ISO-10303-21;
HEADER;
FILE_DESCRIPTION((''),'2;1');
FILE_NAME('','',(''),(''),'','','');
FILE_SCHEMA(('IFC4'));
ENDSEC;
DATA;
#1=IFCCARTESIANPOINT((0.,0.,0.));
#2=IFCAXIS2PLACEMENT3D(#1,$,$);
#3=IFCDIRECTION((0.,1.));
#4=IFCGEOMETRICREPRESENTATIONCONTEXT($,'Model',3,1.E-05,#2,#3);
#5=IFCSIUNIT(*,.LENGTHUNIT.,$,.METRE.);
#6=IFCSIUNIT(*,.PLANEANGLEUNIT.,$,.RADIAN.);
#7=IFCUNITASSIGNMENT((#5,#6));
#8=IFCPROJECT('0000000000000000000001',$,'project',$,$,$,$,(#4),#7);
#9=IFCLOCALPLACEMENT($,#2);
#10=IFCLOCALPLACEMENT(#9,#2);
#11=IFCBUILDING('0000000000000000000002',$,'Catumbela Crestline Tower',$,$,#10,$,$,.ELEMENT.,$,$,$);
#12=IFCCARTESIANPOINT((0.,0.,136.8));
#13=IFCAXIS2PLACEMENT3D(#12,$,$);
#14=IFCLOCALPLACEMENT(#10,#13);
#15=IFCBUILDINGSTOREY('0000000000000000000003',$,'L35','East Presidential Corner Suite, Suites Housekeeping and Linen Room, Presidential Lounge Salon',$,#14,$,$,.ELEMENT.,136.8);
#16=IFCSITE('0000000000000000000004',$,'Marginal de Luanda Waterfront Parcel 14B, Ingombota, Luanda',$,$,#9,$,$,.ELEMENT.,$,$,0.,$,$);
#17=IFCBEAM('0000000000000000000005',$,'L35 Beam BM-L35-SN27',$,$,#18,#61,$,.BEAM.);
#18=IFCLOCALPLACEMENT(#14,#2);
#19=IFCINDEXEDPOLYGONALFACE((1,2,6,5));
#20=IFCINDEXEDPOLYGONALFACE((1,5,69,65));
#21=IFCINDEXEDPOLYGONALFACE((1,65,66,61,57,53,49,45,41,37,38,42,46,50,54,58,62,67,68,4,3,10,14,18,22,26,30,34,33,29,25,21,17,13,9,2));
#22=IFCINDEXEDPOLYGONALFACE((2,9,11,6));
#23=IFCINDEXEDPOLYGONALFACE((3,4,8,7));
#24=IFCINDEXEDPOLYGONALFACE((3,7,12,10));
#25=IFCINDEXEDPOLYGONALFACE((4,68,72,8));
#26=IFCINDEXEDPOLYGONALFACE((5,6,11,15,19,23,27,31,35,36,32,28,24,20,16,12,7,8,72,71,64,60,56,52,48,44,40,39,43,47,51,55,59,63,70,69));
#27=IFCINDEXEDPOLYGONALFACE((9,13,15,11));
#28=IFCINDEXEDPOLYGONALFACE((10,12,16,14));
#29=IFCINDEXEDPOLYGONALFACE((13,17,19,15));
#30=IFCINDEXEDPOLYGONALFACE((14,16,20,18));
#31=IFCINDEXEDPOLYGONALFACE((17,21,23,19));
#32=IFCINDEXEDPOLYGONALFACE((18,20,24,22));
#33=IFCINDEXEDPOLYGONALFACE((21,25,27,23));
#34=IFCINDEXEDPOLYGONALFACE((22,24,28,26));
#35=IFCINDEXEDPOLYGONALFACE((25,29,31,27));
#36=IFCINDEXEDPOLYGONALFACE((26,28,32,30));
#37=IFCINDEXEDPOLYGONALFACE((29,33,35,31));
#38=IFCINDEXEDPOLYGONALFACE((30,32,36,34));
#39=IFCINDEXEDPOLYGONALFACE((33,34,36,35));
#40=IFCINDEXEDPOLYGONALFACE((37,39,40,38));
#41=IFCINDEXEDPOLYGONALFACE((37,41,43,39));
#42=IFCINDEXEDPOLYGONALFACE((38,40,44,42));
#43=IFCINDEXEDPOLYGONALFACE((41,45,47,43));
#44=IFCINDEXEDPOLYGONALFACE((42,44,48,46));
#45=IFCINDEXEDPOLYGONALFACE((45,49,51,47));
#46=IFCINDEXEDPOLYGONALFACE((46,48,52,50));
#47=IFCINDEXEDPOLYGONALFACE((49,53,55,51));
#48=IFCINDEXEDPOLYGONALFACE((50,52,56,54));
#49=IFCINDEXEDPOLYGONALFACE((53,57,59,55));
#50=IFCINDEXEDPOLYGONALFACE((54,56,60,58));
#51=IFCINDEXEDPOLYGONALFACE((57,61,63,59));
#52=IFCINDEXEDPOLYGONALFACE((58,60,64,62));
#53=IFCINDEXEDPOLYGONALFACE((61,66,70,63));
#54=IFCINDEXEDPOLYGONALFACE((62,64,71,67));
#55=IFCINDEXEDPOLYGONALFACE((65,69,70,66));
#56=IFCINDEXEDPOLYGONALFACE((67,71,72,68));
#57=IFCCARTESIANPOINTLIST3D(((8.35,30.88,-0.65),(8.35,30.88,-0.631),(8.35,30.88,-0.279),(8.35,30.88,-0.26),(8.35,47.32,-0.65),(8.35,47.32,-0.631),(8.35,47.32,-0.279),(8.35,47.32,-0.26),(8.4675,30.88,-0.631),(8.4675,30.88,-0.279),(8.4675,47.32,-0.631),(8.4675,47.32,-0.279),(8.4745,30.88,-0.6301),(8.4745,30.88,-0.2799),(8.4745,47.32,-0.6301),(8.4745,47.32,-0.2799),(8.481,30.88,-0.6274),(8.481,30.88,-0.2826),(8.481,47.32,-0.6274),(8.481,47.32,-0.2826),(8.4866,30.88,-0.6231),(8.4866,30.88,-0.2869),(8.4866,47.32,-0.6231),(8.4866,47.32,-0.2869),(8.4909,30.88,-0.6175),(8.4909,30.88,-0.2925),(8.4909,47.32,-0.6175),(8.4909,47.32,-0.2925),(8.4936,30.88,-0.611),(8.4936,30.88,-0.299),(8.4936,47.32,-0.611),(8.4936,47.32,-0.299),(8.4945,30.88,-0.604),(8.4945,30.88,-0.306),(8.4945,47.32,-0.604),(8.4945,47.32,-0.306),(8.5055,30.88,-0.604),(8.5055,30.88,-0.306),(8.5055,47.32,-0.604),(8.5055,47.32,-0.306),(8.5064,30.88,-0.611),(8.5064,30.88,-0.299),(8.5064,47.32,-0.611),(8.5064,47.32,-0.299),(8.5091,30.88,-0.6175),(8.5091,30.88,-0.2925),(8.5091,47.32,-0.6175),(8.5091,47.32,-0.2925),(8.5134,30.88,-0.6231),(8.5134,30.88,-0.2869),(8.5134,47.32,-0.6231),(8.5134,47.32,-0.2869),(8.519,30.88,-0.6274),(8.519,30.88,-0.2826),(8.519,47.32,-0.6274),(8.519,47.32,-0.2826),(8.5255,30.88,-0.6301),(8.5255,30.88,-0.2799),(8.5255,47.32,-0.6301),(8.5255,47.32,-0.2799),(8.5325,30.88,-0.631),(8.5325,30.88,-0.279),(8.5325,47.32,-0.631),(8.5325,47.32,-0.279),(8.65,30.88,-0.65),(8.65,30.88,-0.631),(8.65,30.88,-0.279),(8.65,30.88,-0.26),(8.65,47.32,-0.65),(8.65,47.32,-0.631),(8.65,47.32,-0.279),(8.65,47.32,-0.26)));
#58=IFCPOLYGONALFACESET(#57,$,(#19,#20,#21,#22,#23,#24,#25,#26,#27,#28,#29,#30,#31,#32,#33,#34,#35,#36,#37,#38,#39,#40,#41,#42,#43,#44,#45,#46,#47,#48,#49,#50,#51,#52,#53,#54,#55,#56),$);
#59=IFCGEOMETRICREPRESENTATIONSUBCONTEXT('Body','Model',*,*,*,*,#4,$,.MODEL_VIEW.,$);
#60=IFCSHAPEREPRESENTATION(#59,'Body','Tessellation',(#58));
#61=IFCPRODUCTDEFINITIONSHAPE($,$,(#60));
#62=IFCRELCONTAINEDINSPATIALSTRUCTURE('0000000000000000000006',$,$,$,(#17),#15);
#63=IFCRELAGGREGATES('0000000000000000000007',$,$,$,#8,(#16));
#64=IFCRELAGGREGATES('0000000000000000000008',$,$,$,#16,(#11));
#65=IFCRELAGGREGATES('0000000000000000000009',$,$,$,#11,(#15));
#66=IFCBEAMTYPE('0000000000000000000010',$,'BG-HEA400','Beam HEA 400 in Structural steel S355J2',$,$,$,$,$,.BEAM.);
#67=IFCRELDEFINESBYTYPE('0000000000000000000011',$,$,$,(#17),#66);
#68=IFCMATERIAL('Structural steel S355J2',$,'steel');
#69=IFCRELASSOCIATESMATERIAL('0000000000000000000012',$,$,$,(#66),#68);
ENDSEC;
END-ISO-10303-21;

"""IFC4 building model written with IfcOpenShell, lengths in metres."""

from ifc_helpers import new_model, si_unit, direction, frame, origin, origin_2d, place, context, subcontext, project, spatial, i_section, extrude, material, material_profile, profile_set, type_object, element, save


model = new_model("IFC4")

# Units and contexts
model_context = context("Model", 3, precision=1e-05, world=origin(), true_north=direction((0.0, 1.0)))
body_context = subcontext(model_context, "Body", "Model", "MODEL_VIEW")
ifc_project = project(units=[si_unit("LENGTHUNIT", "METRE"), si_unit("PLANEANGLEUNIT", "RADIAN")], contexts=[model_context])

# Site, building, storey
site_placement = place(None, origin())
site = spatial("IfcSite", under=ifc_project, at=site_placement, Name="Marginal de Luanda Waterfront Parcel 14B, Ingombota, Luanda", CompositionType="ELEMENT", RefElevation=0.0)
building_placement = place(site_placement, origin())
building = spatial("IfcBuilding", under=site, at=building_placement, Name="Catumbela Crestline Tower", CompositionType="ELEMENT")
storey_placement = place(building_placement, frame((0.0, 0.0, 136.8)))
storey = spatial("IfcBuildingStorey", under=building, at=storey_placement, Name="L35", Description="East Presidential Corner Suite, Suites Housekeeping and Linen Room, Presidential Lounge Salon", CompositionType="ELEMENT", Elevation=136.8)

# Beam
ifc_material_1 = material(Name="Structural steel S355J2", Category="steel")
ifc_material_profile_1 = material_profile(ifc_material_1, i_section(OverallWidth=0.3, OverallDepth=0.39, WebThickness=0.011, FlangeThickness=0.019, FilletRadius=0.027, at=origin_2d()), Name="HEA 400")
ifc_profile_set_1 = profile_set([ifc_material_profile_1], Name="Structural steel S355J2")
beam_type = type_object("IfcBeamType", Name="BG-HEA400", Description="Beam HEA 400 in Structural steel S355J2", PredefinedType="BEAM", material=ifc_profile_set_1)
beam_1_placement = place(storey_placement, frame((8.5, 30.88, -0.455), z_axis=(0.0, 1.0, 0.0), x_axis=(-1.0, 0.0, 0.0)))
element("IfcBeam", 1, at=beam_1_placement, inside=storey, type_object=beam_type, Name="L35 Beam BM-L35-SN27", PredefinedType="BEAM", context=body_context, shape_type="SweptSolid", body=[
    extrude(i_section(OverallWidth=0.3, OverallDepth=0.39, WebThickness=0.011, FlangeThickness=0.019, FilletRadius=0.027, at=origin_2d()), origin(), (0.0, 0.0, 1.0), 16.44),
])

save(model, "model.ifc")
